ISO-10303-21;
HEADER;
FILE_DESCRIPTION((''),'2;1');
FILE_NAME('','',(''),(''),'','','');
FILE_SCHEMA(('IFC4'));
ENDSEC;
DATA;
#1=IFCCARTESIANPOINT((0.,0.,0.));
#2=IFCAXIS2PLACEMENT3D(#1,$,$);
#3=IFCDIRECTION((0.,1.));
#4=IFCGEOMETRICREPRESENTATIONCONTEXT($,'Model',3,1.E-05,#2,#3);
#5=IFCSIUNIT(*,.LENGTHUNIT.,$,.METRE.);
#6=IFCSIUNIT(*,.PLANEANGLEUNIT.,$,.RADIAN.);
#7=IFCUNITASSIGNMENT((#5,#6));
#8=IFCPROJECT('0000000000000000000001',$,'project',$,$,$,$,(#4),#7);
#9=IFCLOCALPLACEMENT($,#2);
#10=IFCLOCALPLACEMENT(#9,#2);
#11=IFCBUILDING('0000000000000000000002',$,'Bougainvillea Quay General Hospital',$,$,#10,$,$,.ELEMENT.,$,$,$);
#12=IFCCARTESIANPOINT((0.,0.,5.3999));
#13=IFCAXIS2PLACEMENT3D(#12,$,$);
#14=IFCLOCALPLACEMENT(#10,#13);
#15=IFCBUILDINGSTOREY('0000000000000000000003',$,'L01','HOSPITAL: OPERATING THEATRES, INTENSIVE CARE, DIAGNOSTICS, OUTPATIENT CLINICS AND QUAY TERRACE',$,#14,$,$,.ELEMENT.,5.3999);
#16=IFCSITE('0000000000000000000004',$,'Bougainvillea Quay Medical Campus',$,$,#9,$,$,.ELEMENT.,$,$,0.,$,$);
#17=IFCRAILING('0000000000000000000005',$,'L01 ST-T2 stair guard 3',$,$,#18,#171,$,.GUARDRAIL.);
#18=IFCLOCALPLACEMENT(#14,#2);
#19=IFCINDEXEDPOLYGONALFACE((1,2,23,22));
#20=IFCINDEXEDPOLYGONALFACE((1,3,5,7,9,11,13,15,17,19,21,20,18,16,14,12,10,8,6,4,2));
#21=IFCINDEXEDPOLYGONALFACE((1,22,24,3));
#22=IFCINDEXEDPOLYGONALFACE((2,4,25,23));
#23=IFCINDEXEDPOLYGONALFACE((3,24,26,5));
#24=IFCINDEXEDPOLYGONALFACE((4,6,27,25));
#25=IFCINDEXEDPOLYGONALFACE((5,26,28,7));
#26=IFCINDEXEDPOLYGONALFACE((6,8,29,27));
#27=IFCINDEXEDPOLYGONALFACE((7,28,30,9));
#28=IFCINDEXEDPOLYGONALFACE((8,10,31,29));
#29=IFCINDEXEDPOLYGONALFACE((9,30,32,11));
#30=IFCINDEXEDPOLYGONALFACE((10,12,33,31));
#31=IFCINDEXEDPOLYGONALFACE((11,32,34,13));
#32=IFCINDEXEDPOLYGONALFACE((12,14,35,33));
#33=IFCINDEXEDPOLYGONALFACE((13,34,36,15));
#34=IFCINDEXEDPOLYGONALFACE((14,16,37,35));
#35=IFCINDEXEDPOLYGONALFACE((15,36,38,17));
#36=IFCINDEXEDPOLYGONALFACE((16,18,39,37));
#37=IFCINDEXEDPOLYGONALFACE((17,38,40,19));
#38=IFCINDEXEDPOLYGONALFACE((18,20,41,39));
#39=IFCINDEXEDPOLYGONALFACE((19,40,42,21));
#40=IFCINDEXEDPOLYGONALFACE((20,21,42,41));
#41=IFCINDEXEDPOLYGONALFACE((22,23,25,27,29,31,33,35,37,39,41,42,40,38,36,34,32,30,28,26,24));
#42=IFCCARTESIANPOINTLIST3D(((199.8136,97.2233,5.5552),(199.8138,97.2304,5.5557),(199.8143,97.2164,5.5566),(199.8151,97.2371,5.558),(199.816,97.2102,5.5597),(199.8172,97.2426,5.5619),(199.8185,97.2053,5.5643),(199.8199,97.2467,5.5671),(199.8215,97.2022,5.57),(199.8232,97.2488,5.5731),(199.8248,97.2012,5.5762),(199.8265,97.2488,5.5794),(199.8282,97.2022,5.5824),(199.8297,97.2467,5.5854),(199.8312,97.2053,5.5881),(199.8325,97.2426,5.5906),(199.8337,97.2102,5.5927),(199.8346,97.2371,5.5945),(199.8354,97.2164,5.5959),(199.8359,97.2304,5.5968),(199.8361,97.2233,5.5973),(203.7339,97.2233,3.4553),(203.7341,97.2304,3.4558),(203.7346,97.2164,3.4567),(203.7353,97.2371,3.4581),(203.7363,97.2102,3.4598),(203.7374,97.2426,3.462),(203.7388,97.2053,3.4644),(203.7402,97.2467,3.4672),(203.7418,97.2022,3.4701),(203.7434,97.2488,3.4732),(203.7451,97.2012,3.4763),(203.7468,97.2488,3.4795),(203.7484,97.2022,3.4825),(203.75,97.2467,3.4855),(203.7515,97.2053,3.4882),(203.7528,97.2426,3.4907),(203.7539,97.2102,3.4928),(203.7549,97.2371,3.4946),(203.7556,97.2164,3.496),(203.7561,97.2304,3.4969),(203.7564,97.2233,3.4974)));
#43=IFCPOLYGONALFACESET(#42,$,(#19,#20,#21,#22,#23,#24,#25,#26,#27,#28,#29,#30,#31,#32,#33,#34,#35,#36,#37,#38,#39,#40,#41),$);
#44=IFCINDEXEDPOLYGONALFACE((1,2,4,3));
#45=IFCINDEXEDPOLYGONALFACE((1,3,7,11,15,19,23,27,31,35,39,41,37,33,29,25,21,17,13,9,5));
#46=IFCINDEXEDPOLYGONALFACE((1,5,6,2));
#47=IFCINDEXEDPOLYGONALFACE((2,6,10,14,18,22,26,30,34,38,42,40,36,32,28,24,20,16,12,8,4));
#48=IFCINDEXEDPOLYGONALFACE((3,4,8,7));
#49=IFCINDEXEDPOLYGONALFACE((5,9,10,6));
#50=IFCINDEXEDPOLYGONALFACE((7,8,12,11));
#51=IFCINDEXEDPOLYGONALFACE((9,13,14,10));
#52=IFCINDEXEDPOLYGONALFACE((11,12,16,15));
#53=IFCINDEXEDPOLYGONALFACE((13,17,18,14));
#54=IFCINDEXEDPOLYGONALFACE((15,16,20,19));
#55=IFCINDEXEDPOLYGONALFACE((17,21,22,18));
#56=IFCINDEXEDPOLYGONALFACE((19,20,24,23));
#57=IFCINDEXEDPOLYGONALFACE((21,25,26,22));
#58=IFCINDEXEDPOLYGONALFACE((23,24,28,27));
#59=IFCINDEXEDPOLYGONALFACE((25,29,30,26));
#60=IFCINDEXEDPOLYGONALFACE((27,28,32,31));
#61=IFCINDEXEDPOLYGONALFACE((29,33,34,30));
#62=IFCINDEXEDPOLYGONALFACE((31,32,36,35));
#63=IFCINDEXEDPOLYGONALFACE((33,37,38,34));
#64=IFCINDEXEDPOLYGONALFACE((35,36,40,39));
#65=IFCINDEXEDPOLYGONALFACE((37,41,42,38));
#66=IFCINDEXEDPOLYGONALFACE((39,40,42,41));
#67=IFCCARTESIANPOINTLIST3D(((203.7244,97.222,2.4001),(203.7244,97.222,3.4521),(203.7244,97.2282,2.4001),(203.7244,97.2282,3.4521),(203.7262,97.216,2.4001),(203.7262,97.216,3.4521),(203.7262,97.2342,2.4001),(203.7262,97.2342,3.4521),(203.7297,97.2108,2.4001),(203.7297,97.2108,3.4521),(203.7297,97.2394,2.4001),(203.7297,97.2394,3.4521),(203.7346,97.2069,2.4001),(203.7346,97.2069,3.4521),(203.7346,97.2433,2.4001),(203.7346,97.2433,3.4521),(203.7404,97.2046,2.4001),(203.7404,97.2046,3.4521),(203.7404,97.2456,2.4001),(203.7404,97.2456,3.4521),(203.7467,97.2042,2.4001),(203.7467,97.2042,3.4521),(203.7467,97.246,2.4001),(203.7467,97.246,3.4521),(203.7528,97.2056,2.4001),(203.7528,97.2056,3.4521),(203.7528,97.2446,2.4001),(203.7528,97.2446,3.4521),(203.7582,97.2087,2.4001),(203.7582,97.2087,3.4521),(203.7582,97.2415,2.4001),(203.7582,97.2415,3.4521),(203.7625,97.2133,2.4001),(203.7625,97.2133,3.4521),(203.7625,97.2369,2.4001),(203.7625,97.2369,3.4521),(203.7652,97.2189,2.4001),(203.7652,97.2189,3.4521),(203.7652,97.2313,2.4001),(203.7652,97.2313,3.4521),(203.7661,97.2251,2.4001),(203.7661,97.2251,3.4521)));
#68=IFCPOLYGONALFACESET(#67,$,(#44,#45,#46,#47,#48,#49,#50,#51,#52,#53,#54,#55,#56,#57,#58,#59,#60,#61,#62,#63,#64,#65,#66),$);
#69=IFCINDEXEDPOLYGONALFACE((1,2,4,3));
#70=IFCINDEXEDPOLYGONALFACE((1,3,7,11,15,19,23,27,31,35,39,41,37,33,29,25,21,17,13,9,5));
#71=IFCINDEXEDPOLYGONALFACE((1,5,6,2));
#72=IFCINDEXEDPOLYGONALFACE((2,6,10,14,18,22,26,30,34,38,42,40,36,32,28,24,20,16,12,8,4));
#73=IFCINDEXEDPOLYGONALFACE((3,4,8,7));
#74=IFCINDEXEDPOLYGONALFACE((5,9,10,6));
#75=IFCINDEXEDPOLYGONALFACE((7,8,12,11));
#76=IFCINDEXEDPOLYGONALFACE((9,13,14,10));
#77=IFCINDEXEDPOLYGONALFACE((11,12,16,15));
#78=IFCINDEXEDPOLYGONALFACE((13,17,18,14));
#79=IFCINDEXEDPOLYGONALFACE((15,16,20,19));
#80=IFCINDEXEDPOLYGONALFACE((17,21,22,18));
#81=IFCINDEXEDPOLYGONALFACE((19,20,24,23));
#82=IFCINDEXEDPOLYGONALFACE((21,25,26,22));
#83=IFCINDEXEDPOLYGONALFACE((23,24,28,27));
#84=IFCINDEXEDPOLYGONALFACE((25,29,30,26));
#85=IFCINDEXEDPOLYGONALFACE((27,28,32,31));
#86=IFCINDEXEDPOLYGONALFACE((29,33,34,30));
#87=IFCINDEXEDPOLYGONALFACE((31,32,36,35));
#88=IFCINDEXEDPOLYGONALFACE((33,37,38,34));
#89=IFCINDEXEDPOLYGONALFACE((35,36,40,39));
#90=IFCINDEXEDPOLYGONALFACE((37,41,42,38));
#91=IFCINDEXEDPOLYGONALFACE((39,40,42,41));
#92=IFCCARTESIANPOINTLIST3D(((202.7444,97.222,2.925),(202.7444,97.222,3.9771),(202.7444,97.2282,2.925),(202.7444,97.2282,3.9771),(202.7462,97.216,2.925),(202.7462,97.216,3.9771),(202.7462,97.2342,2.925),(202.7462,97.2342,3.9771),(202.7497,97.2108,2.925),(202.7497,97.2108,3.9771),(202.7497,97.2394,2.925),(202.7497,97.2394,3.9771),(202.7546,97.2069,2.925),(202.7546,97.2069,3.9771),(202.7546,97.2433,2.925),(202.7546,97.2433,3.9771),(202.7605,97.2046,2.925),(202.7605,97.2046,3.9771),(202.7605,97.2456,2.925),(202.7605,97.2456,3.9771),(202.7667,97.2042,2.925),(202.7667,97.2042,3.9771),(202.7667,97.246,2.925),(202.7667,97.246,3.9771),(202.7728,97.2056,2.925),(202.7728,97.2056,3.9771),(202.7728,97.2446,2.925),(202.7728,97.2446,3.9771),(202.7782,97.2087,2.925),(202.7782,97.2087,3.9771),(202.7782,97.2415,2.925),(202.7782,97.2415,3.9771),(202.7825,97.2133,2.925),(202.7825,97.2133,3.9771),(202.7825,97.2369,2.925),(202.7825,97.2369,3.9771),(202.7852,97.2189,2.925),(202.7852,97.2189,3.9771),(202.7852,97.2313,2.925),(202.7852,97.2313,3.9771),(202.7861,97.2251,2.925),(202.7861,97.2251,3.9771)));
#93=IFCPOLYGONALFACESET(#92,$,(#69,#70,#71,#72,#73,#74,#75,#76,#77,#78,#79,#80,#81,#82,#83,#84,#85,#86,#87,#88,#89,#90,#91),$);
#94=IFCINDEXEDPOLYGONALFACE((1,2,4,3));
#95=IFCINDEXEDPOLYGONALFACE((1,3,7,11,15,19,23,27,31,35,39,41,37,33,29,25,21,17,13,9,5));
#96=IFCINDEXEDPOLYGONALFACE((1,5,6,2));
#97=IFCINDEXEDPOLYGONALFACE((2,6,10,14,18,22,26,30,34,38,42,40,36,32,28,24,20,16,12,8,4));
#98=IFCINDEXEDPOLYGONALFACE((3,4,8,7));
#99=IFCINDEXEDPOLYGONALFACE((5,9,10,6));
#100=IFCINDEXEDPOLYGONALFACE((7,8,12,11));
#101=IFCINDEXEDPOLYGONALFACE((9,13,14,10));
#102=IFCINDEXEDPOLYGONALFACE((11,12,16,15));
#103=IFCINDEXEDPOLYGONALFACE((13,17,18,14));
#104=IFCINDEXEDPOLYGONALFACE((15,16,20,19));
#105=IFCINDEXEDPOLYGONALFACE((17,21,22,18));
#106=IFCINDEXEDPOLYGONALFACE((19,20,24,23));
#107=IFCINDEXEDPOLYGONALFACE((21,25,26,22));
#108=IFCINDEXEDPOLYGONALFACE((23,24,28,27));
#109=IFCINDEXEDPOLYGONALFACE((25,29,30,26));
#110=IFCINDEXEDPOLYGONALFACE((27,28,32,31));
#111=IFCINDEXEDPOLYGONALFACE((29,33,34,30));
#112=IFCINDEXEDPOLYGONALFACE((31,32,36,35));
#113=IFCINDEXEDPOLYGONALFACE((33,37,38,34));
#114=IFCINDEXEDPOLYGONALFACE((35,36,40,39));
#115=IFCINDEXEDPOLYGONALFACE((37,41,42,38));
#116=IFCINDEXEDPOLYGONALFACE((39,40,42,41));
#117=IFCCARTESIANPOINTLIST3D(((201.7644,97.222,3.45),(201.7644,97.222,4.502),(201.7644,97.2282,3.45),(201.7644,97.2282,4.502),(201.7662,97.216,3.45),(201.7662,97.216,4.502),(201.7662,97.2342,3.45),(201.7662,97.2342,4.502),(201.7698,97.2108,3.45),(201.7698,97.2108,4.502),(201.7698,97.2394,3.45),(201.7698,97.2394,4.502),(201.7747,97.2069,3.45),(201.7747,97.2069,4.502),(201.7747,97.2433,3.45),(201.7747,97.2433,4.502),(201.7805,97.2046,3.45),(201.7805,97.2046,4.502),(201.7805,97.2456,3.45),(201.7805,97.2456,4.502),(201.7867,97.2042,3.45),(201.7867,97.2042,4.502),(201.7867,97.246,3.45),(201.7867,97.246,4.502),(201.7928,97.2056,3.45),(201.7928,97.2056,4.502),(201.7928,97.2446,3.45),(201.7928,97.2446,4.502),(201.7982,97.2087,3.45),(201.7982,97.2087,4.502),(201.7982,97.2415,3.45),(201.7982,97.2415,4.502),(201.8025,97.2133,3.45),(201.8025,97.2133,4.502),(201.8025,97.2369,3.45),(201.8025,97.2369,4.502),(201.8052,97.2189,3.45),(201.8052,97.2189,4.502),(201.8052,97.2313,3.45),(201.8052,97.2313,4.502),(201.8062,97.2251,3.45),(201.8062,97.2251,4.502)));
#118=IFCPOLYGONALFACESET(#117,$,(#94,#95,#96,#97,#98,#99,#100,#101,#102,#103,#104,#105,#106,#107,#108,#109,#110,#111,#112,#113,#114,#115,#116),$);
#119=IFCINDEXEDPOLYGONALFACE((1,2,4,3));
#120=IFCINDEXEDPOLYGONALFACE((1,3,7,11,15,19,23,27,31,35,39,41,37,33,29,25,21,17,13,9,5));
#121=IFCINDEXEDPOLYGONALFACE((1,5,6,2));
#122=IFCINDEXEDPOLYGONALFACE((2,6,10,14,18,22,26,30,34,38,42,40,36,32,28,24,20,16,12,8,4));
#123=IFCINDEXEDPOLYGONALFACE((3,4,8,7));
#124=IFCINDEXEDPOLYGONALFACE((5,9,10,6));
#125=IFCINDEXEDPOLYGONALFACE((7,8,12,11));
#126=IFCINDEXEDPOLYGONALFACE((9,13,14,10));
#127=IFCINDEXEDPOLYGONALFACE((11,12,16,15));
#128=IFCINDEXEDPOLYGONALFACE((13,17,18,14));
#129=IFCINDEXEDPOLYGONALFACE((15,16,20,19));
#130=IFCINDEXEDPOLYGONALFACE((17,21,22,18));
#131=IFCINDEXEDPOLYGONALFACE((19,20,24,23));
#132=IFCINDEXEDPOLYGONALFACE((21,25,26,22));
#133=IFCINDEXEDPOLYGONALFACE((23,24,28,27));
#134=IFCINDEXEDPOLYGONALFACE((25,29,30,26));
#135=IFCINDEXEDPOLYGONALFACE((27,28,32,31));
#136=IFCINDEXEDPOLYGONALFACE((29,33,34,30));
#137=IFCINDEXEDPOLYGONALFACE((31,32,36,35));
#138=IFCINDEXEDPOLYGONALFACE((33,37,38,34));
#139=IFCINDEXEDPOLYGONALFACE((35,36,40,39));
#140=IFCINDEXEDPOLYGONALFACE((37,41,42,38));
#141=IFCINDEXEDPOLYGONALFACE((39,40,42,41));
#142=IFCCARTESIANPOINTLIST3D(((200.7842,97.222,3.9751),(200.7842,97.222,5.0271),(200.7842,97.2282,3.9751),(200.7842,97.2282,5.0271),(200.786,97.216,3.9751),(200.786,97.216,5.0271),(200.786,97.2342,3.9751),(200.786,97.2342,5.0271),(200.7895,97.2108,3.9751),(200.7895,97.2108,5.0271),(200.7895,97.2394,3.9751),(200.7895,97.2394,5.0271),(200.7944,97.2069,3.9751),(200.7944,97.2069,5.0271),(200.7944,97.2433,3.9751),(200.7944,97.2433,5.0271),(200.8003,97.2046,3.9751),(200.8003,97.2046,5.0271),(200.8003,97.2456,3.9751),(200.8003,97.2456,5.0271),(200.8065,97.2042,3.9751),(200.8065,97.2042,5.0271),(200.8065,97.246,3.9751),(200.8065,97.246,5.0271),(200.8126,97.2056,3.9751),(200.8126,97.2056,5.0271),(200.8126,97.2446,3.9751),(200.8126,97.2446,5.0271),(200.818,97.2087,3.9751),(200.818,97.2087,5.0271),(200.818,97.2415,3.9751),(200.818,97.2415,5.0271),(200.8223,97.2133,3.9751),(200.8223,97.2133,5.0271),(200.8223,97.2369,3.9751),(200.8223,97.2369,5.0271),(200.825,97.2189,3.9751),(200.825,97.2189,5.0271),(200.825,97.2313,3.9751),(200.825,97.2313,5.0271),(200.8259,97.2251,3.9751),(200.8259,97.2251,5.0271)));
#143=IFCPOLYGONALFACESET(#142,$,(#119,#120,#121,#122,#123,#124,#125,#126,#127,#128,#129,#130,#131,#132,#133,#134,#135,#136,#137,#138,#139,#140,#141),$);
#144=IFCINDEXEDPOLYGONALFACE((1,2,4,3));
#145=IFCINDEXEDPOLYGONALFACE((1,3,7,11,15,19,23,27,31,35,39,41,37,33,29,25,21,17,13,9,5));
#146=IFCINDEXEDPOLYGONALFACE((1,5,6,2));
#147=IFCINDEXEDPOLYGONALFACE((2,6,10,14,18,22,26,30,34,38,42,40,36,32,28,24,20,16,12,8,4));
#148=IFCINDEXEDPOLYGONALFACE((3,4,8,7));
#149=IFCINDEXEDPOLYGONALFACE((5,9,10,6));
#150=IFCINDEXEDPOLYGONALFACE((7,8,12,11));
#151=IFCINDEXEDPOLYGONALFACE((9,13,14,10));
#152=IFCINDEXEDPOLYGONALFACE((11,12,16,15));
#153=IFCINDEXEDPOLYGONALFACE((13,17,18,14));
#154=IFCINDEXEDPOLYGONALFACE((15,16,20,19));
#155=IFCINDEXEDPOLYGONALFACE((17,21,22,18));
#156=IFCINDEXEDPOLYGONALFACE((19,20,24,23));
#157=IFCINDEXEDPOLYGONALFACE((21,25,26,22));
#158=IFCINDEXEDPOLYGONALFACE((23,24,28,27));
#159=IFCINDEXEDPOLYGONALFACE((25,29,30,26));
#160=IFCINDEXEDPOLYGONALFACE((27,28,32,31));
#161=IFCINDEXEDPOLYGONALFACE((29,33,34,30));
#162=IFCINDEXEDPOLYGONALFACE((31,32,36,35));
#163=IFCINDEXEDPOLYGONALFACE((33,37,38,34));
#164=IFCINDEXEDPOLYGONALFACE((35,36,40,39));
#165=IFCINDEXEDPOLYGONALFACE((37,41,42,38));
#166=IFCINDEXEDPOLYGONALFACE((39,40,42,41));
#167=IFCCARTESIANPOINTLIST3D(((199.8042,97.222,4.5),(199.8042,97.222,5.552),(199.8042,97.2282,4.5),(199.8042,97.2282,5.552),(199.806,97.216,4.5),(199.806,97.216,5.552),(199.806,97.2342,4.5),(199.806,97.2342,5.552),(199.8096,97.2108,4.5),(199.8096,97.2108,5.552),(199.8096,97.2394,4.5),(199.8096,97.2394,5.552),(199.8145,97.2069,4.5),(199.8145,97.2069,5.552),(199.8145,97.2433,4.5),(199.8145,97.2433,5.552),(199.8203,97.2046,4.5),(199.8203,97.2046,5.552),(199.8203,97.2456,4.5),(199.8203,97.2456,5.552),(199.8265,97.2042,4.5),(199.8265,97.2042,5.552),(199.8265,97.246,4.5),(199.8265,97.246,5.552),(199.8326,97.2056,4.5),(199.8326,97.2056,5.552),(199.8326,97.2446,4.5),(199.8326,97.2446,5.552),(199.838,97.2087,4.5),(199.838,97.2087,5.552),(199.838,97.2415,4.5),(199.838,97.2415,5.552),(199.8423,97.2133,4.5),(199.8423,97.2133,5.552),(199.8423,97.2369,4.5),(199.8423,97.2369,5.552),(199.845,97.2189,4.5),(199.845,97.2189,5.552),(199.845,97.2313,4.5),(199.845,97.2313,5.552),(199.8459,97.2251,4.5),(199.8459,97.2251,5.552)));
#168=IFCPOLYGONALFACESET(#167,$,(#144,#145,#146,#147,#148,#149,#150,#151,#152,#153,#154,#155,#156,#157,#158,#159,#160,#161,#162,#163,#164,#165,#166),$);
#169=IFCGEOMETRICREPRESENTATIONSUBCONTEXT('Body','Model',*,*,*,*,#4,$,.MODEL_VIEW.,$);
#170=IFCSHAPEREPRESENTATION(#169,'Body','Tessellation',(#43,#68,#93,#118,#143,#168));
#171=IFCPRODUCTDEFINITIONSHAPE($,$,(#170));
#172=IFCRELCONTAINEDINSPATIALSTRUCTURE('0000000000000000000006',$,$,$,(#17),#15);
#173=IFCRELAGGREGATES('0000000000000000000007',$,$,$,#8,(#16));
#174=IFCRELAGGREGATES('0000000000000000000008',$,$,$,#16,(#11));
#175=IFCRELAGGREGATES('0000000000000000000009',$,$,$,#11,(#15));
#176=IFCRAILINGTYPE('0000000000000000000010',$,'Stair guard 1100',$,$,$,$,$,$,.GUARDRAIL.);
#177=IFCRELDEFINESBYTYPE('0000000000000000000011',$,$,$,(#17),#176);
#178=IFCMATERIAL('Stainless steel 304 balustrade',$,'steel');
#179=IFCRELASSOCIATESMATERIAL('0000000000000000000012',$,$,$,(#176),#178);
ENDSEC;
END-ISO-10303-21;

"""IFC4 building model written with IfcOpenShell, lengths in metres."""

from ifc_helpers import new_model, si_unit, direction, frame, origin, origin_2d, place, context, subcontext, project, spatial, circle, extrude, material, type_object, element, save


model = new_model("IFC4")

# Units and contexts
model_context = context("Model", 3, precision=1e-05, world=origin(), true_north=direction((0.0, 1.0)))
body_context = subcontext(model_context, "Body", "Model", "MODEL_VIEW")
ifc_project = project(units=[si_unit("LENGTHUNIT", "METRE"), si_unit("PLANEANGLEUNIT", "RADIAN")], contexts=[model_context])

# Site, building, storey
site_placement = place(None, origin())
site = spatial("IfcSite", under=ifc_project, at=site_placement, Name="Bougainvillea Quay Medical Campus", CompositionType="ELEMENT", RefElevation=0.0)
building_placement = place(site_placement, origin())
building = spatial("IfcBuilding", under=site, at=building_placement, Name="Bougainvillea Quay General Hospital", CompositionType="ELEMENT")
storey_placement = place(building_placement, frame((0.0, 0.0, 5.3999)))
storey = spatial("IfcBuildingStorey", under=building, at=storey_placement, Name="L01", Description="HOSPITAL: OPERATING THEATRES, INTENSIVE CARE, DIAGNOSTICS, OUTPATIENT CLINICS AND QUAY TERRACE", CompositionType="ELEMENT", Elevation=5.3999)

# Railing
ifc_material_1 = material(Name="Stainless steel 304 balustrade", Category="steel")
railing_type_1 = type_object("IfcRailingType", Name="Stair guard 1100", PredefinedType="GUARDRAIL", material=ifc_material_1)
railing_1_placement = place(storey_placement, frame((203.7451, 97.2251, 2.4001)))
element("IfcRailing", 1, at=railing_1_placement, inside=storey, type_object=railing_type_1, Name="L01 ST-T2 stair guard 3", PredefinedType="GUARDRAIL", context=body_context, shape_type="SweptSolid", body=[
    extrude(circle(Radius=0.0239, at=origin_2d()), frame((0.0, 0.0, 1.0762), z_axis=(-0.881502, 0.0, 0.47218), x_axis=(0.0, -1.0, 0.0)), (0.0, 0.0, 1.0), 4.4473),
    extrude(circle(Radius=0.021, at=origin_2d()), origin(), (0.0, 0.0, 1.0), 1.052),
    extrude(circle(Radius=0.021, at=origin_2d()), frame((-0.98, 0.0, 0.5249)), (0.0, 0.0, 1.0), 1.052),
    extrude(circle(Radius=0.021, at=origin_2d()), frame((-1.96, 0.0, 1.0498)), (0.0, 0.0, 1.0), 1.052),
    extrude(circle(Radius=0.021, at=origin_2d()), frame((-2.9402, 0.0, 1.575)), (0.0, 0.0, 1.0), 1.052),
    extrude(circle(Radius=0.021, at=origin_2d()), frame((-3.9202, 0.0, 2.0999)), (0.0, 0.0, 1.0), 1.052),
])

save(model, "model.ifc")
